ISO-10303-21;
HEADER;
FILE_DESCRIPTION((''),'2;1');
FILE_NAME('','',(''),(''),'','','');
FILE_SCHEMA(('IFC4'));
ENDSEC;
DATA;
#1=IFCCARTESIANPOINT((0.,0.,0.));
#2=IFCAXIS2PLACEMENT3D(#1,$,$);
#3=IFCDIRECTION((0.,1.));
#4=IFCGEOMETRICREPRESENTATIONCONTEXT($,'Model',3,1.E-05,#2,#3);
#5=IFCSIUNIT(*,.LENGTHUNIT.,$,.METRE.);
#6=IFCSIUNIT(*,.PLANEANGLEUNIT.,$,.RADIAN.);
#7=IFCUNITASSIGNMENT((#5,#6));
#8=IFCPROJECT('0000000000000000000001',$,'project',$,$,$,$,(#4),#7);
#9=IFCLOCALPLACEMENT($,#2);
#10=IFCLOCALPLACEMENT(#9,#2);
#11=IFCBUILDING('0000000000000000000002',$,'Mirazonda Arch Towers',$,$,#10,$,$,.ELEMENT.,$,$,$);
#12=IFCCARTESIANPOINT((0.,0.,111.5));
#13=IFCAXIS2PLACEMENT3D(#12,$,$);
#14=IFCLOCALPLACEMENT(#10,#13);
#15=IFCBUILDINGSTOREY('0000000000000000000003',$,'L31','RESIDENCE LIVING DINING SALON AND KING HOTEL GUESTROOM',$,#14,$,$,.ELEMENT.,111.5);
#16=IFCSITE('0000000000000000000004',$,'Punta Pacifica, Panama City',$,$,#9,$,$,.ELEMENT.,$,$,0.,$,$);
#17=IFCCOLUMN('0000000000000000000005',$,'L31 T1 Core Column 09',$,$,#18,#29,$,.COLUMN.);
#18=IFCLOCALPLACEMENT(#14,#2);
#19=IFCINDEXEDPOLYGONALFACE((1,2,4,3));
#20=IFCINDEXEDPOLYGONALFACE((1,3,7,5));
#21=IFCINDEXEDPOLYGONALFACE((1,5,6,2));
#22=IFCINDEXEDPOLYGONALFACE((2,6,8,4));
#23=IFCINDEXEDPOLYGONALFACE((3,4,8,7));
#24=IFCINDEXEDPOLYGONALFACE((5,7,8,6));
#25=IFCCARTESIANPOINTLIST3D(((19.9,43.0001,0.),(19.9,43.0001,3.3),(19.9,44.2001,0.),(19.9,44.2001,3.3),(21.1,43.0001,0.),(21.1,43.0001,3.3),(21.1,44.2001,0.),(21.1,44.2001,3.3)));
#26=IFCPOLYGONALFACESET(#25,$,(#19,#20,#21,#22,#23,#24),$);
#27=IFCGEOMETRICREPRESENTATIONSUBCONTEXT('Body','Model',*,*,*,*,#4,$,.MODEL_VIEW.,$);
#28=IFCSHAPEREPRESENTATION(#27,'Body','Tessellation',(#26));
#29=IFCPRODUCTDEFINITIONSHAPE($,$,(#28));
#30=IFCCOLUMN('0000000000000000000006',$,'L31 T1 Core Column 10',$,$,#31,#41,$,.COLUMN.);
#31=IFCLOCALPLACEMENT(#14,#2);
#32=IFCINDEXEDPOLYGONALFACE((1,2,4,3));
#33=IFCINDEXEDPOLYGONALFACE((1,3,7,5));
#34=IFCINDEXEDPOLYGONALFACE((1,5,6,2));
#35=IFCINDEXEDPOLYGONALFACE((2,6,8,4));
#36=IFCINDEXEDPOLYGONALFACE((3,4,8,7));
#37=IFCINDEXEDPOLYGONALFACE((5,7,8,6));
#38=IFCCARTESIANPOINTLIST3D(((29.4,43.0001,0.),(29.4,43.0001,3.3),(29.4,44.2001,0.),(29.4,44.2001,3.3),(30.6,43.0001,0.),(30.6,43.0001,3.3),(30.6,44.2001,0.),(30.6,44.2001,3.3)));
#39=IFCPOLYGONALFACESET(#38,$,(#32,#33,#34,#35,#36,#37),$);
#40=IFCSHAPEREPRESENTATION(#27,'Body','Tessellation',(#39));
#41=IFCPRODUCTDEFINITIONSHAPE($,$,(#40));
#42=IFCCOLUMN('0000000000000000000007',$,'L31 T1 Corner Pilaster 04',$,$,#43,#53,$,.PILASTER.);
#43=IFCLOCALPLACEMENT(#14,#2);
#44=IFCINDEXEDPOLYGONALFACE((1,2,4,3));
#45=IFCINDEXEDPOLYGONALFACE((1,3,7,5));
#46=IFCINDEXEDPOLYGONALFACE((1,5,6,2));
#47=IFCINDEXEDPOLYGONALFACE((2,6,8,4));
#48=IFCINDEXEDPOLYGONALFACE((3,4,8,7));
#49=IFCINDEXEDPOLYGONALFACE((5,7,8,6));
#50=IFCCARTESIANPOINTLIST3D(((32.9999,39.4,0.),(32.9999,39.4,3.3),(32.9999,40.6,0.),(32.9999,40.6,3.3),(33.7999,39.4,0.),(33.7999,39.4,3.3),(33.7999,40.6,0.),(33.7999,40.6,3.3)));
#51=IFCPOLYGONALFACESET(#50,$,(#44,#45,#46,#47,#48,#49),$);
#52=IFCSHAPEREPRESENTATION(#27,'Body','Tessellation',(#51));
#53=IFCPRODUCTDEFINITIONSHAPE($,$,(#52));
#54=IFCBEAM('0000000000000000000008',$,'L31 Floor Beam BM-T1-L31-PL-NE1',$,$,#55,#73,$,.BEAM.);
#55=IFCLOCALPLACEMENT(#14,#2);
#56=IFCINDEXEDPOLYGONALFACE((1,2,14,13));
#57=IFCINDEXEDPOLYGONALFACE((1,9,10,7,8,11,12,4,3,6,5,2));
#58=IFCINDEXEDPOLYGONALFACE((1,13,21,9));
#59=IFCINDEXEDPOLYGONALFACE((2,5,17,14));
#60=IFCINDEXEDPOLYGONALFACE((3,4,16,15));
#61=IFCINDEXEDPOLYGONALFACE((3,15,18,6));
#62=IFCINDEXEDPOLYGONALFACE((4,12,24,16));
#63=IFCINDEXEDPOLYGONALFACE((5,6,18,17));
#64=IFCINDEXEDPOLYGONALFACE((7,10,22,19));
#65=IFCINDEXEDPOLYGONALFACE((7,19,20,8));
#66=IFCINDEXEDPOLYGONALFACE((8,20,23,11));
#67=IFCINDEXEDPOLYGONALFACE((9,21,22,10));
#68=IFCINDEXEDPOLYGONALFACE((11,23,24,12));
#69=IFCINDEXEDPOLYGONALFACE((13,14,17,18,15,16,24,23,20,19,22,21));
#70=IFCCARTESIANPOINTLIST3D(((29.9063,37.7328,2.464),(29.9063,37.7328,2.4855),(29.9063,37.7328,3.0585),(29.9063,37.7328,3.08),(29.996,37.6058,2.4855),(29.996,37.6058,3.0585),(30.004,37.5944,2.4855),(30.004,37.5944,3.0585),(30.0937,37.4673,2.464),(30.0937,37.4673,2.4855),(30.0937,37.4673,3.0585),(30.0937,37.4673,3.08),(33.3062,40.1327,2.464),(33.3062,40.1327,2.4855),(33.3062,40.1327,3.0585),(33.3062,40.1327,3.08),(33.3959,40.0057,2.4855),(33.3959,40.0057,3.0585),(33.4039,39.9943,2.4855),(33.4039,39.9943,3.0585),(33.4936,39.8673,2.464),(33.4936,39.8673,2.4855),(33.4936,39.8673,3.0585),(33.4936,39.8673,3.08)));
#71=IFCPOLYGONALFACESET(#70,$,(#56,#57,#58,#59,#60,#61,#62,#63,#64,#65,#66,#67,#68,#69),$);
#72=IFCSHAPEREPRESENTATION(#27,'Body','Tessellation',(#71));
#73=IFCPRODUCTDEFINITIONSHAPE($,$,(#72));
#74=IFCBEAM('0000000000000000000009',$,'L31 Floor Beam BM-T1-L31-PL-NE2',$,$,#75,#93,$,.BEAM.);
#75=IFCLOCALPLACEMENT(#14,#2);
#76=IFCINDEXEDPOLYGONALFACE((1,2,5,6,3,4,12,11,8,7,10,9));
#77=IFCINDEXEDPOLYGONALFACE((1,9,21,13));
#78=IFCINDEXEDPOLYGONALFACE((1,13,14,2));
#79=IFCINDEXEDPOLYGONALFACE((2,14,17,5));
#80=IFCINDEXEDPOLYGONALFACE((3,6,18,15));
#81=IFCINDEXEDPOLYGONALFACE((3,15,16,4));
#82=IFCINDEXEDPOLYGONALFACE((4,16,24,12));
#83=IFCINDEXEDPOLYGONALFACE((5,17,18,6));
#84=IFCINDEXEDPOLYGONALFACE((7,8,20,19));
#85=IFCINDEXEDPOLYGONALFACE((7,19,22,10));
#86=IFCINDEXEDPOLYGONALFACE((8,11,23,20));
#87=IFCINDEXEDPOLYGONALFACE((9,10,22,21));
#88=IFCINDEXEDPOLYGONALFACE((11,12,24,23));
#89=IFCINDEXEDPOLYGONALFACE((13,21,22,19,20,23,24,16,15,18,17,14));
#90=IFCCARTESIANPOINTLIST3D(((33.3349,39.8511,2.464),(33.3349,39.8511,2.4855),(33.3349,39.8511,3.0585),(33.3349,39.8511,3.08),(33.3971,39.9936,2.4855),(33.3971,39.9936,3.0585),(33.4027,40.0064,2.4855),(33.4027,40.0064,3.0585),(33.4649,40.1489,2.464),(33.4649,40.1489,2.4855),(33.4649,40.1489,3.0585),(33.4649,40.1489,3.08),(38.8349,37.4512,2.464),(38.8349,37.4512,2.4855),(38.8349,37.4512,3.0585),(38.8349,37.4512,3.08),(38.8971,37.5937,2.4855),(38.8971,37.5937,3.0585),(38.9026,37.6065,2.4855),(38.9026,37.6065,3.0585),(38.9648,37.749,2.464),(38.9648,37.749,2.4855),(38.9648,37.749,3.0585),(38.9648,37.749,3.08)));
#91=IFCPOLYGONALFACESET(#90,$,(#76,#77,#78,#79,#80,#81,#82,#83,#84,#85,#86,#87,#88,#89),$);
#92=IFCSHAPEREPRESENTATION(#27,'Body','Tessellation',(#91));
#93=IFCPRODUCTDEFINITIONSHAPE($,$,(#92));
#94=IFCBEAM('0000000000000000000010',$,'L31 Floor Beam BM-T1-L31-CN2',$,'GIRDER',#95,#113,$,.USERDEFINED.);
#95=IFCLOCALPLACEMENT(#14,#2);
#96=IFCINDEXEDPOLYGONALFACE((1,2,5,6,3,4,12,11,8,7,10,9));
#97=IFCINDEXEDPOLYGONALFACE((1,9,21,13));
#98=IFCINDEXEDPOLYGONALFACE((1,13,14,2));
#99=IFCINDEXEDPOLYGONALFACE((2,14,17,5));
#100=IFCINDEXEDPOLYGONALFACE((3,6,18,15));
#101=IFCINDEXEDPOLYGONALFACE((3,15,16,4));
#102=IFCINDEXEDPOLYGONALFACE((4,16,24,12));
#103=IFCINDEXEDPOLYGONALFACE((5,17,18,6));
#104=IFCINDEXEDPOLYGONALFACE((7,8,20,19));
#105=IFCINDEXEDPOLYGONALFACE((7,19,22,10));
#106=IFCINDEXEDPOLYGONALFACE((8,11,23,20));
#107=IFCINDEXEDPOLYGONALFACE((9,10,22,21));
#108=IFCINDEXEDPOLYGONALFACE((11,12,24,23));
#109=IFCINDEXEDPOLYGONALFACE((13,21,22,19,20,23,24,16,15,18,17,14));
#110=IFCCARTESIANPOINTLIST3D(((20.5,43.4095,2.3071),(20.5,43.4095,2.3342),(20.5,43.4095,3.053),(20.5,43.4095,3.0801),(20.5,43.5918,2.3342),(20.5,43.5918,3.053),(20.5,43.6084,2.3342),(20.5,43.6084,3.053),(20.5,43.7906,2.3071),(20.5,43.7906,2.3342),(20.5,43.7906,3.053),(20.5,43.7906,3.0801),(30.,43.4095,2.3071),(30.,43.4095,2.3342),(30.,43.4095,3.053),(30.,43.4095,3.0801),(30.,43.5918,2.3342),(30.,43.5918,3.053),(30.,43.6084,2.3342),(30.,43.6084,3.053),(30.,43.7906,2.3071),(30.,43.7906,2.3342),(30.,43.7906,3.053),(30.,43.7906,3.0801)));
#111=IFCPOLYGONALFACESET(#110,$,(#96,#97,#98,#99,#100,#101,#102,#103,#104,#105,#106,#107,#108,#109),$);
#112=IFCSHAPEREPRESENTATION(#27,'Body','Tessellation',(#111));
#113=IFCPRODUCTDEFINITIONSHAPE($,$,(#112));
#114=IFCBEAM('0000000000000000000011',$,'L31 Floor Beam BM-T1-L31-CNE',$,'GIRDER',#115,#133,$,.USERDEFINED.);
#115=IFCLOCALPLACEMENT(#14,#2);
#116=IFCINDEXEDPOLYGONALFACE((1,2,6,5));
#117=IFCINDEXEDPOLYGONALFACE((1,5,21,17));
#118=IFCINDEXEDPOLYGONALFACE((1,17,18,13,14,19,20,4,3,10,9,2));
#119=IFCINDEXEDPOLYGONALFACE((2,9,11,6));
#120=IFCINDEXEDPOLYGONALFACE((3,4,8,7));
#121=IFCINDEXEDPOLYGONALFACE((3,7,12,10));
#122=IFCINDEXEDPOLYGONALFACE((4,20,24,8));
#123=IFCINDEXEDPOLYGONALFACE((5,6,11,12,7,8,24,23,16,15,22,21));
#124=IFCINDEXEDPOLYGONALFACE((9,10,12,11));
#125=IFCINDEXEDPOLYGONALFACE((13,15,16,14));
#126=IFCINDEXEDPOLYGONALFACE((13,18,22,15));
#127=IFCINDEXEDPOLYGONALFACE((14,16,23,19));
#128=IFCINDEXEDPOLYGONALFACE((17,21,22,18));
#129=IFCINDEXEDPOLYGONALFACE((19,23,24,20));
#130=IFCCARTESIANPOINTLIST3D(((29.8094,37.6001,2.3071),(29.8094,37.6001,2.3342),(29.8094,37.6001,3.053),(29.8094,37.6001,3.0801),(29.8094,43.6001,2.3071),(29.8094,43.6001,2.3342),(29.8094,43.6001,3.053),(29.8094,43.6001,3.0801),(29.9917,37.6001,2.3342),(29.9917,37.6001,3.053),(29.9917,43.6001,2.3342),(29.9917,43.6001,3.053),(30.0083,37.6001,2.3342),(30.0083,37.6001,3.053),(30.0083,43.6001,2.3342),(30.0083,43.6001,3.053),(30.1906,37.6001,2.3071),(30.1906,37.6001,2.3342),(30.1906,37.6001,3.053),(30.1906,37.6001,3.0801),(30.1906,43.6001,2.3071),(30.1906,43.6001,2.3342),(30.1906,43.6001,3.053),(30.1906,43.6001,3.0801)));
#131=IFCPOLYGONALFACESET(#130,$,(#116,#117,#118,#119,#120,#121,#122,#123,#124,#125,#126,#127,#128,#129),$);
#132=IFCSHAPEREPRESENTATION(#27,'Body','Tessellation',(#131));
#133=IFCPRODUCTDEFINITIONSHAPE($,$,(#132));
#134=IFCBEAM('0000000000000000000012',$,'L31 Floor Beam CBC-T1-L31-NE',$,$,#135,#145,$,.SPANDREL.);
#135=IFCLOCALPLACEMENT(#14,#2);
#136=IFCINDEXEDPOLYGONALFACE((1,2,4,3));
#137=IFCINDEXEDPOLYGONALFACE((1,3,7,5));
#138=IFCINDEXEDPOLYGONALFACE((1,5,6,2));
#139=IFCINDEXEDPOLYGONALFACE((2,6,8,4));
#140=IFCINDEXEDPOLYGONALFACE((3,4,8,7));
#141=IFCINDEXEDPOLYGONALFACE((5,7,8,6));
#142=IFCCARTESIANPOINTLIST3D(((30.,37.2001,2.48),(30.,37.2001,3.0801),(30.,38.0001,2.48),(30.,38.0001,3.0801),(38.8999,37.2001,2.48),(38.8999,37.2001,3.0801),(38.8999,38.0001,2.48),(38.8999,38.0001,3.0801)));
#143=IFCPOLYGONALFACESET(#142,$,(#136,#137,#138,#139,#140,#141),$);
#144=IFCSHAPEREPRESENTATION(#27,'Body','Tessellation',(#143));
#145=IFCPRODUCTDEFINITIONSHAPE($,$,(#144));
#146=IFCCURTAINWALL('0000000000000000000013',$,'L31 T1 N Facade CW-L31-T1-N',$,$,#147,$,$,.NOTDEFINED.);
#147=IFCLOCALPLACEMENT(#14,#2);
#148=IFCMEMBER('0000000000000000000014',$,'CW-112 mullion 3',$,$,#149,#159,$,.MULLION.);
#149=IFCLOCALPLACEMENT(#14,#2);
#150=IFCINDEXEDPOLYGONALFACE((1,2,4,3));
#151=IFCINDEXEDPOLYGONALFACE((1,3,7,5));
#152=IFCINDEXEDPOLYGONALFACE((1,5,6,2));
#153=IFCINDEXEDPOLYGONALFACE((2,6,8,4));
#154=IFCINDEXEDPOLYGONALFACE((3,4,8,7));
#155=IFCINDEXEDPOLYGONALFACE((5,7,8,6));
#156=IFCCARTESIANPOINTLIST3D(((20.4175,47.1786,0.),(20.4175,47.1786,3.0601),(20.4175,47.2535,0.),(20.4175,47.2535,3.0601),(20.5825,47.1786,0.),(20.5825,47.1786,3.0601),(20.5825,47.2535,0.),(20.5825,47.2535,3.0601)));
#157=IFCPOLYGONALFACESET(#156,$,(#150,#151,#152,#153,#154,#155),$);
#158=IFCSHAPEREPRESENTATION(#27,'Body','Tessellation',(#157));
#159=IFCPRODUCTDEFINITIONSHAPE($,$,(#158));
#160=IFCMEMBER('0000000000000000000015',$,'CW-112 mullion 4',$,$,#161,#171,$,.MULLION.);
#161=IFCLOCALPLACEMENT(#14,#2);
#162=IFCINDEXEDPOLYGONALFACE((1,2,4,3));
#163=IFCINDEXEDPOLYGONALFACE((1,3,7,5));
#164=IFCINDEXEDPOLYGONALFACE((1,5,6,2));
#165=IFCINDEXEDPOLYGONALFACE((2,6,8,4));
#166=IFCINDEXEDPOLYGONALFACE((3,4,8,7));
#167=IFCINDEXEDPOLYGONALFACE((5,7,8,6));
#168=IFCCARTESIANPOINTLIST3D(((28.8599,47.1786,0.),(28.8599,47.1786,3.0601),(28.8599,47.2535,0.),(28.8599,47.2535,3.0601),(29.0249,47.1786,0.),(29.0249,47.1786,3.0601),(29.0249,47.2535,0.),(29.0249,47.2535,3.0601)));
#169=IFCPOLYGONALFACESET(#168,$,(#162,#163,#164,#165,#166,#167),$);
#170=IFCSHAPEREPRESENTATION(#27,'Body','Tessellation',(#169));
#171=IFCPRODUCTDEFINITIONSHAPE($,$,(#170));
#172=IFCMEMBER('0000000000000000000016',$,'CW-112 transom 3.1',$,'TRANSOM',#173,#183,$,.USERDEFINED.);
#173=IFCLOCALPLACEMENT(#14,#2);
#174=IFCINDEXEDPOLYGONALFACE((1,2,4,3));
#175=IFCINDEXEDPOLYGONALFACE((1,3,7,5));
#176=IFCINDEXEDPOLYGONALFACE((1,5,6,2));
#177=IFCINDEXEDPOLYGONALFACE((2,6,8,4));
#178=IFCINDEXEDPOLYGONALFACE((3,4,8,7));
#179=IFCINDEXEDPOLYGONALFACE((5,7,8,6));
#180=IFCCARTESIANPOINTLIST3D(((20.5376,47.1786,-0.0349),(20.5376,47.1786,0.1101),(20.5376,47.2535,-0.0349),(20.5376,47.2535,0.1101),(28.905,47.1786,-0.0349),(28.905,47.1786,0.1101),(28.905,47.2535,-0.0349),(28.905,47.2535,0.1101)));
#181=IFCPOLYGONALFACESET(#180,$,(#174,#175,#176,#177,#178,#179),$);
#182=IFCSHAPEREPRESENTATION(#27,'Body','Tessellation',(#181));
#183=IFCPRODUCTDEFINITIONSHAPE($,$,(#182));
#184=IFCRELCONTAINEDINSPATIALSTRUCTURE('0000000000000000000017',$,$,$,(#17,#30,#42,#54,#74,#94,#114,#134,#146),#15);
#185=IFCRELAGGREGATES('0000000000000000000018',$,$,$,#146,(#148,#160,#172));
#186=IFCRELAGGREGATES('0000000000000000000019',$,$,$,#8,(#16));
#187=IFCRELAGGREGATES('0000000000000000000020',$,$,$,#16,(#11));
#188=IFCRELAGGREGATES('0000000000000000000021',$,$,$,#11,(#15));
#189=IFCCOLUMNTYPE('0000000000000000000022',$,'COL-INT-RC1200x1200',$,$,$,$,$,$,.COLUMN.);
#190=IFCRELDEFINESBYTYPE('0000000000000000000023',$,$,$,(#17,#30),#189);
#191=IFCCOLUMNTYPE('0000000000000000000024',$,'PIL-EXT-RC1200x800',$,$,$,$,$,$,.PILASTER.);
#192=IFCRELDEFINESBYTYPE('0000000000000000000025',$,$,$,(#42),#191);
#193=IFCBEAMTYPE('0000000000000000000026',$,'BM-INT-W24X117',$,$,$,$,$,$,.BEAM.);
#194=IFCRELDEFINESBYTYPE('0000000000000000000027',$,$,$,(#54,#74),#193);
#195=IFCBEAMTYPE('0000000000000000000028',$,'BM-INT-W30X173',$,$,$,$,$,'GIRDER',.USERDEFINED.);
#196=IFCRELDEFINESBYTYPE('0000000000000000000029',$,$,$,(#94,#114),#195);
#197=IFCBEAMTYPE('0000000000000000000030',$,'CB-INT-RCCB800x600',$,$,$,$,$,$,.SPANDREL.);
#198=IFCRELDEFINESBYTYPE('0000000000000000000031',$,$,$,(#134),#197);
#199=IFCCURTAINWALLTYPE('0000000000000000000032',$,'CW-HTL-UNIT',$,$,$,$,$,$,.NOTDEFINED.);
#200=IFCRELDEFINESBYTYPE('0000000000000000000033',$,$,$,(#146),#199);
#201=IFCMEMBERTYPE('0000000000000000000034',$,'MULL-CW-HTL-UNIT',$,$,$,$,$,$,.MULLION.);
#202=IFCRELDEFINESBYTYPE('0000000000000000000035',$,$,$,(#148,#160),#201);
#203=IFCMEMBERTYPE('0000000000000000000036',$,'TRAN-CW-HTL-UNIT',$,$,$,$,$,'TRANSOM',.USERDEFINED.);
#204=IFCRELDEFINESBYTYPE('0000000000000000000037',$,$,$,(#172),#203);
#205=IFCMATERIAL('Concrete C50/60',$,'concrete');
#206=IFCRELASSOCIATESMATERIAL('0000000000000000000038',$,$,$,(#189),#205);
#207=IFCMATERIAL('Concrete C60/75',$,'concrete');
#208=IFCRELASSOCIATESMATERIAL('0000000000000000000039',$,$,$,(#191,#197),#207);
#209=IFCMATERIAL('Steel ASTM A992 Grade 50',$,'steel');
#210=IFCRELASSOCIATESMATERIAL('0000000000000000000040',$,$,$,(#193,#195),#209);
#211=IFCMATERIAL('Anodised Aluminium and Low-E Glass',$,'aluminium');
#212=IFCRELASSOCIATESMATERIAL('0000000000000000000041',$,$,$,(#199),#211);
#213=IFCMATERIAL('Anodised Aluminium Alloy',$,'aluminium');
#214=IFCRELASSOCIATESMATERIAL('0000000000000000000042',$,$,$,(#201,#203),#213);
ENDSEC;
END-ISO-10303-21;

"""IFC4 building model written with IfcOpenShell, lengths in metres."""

from ifc_helpers import new_model, si_unit, direction, frame, origin, origin_2d, place, context, subcontext, project, spatial, rectangle, i_section, extrude, material, material_profile, profile_set, type_object, element, aggregate, save


model = new_model("IFC4")

# Units and contexts
model_context = context("Model", 3, precision=1e-05, world=origin(), true_north=direction((0.0, 1.0)))
body_context = subcontext(model_context, "Body", "Model", "MODEL_VIEW")
ifc_project = project(units=[si_unit("LENGTHUNIT", "METRE"), si_unit("PLANEANGLEUNIT", "RADIAN")], contexts=[model_context])

# Site, building, storey
site_placement = place(None, origin())
site = spatial("IfcSite", under=ifc_project, at=site_placement, Name="Punta Pacifica, Panama City", CompositionType="ELEMENT", RefElevation=0.0)
building_placement = place(site_placement, origin())
building = spatial("IfcBuilding", under=site, at=building_placement, Name="Mirazonda Arch Towers", CompositionType="ELEMENT")
storey_placement = place(building_placement, frame((0.0, 0.0, 111.5)))
storey = spatial("IfcBuildingStorey", under=building, at=storey_placement, Name="L31", Description="RESIDENCE LIVING DINING SALON AND KING HOTEL GUESTROOM", CompositionType="ELEMENT", Elevation=111.5)

# Columns
ifc_material_1 = material(Name="Concrete C50/60", Category="concrete")
ifc_material_profile_1 = material_profile(ifc_material_1, rectangle(XDim=1.2, YDim=1.2, at=origin_2d()), Name="RC1200x1200")
ifc_profile_set_1 = profile_set([ifc_material_profile_1], Name="Concrete C50/60")
column_type_1 = type_object("IfcColumnType", Name="COL-INT-RC1200x1200", PredefinedType="COLUMN", material=ifc_profile_set_1)
for number, where, z_axis, x_axis, name in (
    (1, (20.5, 43.6001, 0.0), (0.0, 0.0, 1.0), (1.0, 0.0, 0.0), "L31 T1 Core Column 09"),
    (2, (30.0, 43.6001, 0.0), (0.0, 0.0, 1.0), (1.0, 0.0, 0.0), "L31 T1 Core Column 10"),
):
    element("IfcColumn", number, at=place(storey_placement, frame(where, z_axis=z_axis, x_axis=x_axis)), inside=storey, type_object=column_type_1, Name=name, PredefinedType="COLUMN", context=body_context, shape_type="SweptSolid", body=[
        extrude(rectangle(XDim=1.2, YDim=1.2, at=origin_2d()), origin(), (0.0, 0.0, 1.0), 3.3),
    ])
ifc_material_2 = material(Name="Concrete C60/75", Category="concrete")
ifc_material_profile_2 = material_profile(ifc_material_2, rectangle(XDim=0.8, YDim=1.2, at=origin_2d()), Name="RC1200x800")
ifc_profile_set_2 = profile_set([ifc_material_profile_2], Name="Concrete C60/75")
column_type_2 = type_object("IfcColumnType", Name="PIL-EXT-RC1200x800", PredefinedType="PILASTER", material=ifc_profile_set_2)
column_placement = place(storey_placement, frame((33.3999, 40.0, 0.0), z_axis=(0.0, 0.0, 1.0), x_axis=(1.0, 0.0, 0.0)))
element("IfcColumn", 3, at=column_placement, inside=storey, type_object=column_type_2, Name="L31 T1 Corner Pilaster 04", PredefinedType="PILASTER", context=body_context, shape_type="SweptSolid", body=[
    extrude(rectangle(XDim=0.8, YDim=1.2, at=origin_2d()), origin(), (0.0, 0.0, 1.0), 3.3),
])

# Beams
ifc_material_3 = material(Name="Steel ASTM A992 Grade 50", Category="steel")
ifc_material_profile_3 = material_profile(ifc_material_3, i_section(OverallWidth=0.325, OverallDepth=0.616, WebThickness=0.0139, FlangeThickness=0.0215, at=origin_2d()), Name="W24X117")
ifc_profile_set_3 = profile_set([ifc_material_profile_3], Name="Steel ASTM A992 Grade 50")
beam_type_1 = type_object("IfcBeamType", Name="BM-INT-W24X117", PredefinedType="BEAM", material=ifc_profile_set_3)
beam_1_placement = place(storey_placement, frame((33.3999, 40.0, 2.772), z_axis=(-0.816971, -0.576679, 0.0), x_axis=(0.576679, -0.816971, 0.0)))
element("IfcBeam", 4, at=beam_1_placement, inside=storey, type_object=beam_type_1, Name="L31 Floor Beam BM-T1-L31-PL-NE1", PredefinedType="BEAM", context=body_context, shape_type="SweptSolid", body=[
    extrude(i_section(OverallWidth=0.325, OverallDepth=0.616, WebThickness=0.0139, FlangeThickness=0.0215, at=origin_2d()), origin(), (0.0, 0.0, 1.0), 4.1616),
])
beam_2_placement = place(storey_placement, frame((33.3999, 40.0, 2.772), z_axis=(0.916545, -0.399931, 0.0), x_axis=(0.399931, 0.916545, 0.0)))
element("IfcBeam", 5, at=beam_2_placement, inside=storey, type_object=beam_type_1, Name="L31 Floor Beam BM-T1-L31-PL-NE2", PredefinedType="BEAM", context=body_context, shape_type="SweptSolid", body=[
    extrude(i_section(OverallWidth=0.325, OverallDepth=0.616, WebThickness=0.0139, FlangeThickness=0.0215, at=origin_2d()), origin(), (0.0, 0.0, 1.0), 6.0007),
])
ifc_material_profile_4 = material_profile(ifc_material_3, i_section(OverallWidth=0.3811, OverallDepth=0.7729, WebThickness=0.0166, FlangeThickness=0.0271, at=origin_2d()), Name="W30X173")
ifc_profile_set_4 = profile_set([ifc_material_profile_4], Name="Steel ASTM A992 Grade 50")
beam_type_2 = type_object("IfcBeamType", Name="BM-INT-W30X173", ElementType="GIRDER", PredefinedType="USERDEFINED", material=ifc_profile_set_4)
beam_3_placement = place(storey_placement, frame((20.5, 43.6001, 2.6936), z_axis=(1.0, 0.0, 0.0), x_axis=(0.0, 1.0, 0.0)))
element("IfcBeam", 6, at=beam_3_placement, inside=storey, type_object=beam_type_2, Name="L31 Floor Beam BM-T1-L31-CN2", ObjectType="GIRDER", PredefinedType="USERDEFINED", context=body_context, shape_type="SweptSolid", body=[
    extrude(i_section(OverallWidth=0.3811, OverallDepth=0.7729, WebThickness=0.0166, FlangeThickness=0.0271, at=origin_2d()), origin(), (0.0, 0.0, 1.0), 9.5),
])
beam_4_placement = place(storey_placement, frame((30.0, 37.6001, 2.6936), z_axis=(0.0, 1.0, 0.0), x_axis=(-1.0, 0.0, 0.0)))
element("IfcBeam", 7, at=beam_4_placement, inside=storey, type_object=beam_type_2, Name="L31 Floor Beam BM-T1-L31-CNE", ObjectType="GIRDER", PredefinedType="USERDEFINED", context=body_context, shape_type="SweptSolid", body=[
    extrude(i_section(OverallWidth=0.3811, OverallDepth=0.7729, WebThickness=0.0166, FlangeThickness=0.0271, at=origin_2d()), origin(), (0.0, 0.0, 1.0), 6.0),
])
ifc_material_profile_5 = material_profile(ifc_material_2, rectangle(XDim=0.8, YDim=0.6001, at=origin_2d()), Name="RCCB800x600")
ifc_profile_set_5 = profile_set([ifc_material_profile_5], Name="Concrete C60/75")
beam_type_3 = type_object("IfcBeamType", Name="CB-INT-RCCB800x600", PredefinedType="SPANDREL", material=ifc_profile_set_5)
beam_5_placement = place(storey_placement, frame((30.0, 37.6001, 2.78), z_axis=(1.0, 0.0, 0.0), x_axis=(0.0, 1.0, 0.0)))
element("IfcBeam", 8, at=beam_5_placement, inside=storey, type_object=beam_type_3, Name="L31 Floor Beam CBC-T1-L31-NE", PredefinedType="SPANDREL", context=body_context, shape_type="SweptSolid", body=[
    extrude(rectangle(XDim=0.8, YDim=0.6001, at=origin_2d()), origin(), (0.0, 0.0, 1.0), 8.8999),
])

# Curtain wall, members
ifc_material_4 = material(Name="Anodised Aluminium and Low-E Glass", Category="aluminium")
curtain_wall_type = type_object("IfcCurtainWallType", Name="CW-HTL-UNIT", PredefinedType="NOTDEFINED", material=ifc_material_4)
curtain_wall_placement = place(storey_placement, origin())
curtain_wall = element("IfcCurtainWall", 9, at=curtain_wall_placement, inside=storey, type_object=curtain_wall_type, Name="L31 T1 N Facade CW-L31-T1-N", PredefinedType="NOTDEFINED")
ifc_material_5 = material(Name="Anodised Aluminium Alloy", Category="aluminium")
ifc_material_profile_6 = material_profile(ifc_material_5, rectangle(XDim=0.075, YDim=0.165, at=origin_2d()), Name="ALU-MULL-75x165")
ifc_profile_set_6 = profile_set([ifc_material_profile_6], Name="Anodised Aluminium Alloy")
member_type_1 = type_object("IfcMemberType", Name="MULL-CW-HTL-UNIT", PredefinedType="MULLION", material=ifc_profile_set_6)
member_1_placement = place(storey_placement, frame((20.5, 47.2161, 0.0), z_axis=(0.0, 0.0, 1.0), x_axis=(0.0, 1.0, 0.0)))
member_1 = element("IfcMember", 10, at=member_1_placement, type_object=member_type_1, Name="CW-112 mullion 3", PredefinedType="MULLION", context=body_context, shape_type="SweptSolid", body=[
    extrude(rectangle(XDim=0.075, YDim=0.165, at=origin_2d()), origin(), (0.0, 0.0, 1.0), 3.0601),
])
member_2_placement = place(storey_placement, frame((28.9424, 47.2161, 0.0), z_axis=(0.0, 0.0, 1.0), x_axis=(0.0, 1.0, 0.0)))
member_2 = element("IfcMember", 11, at=member_2_placement, type_object=member_type_1, Name="CW-112 mullion 4", PredefinedType="MULLION", context=body_context, shape_type="SweptSolid", body=[
    extrude(rectangle(XDim=0.075, YDim=0.165, at=origin_2d()), origin(), (0.0, 0.0, 1.0), 3.0601),
])
ifc_material_profile_7 = material_profile(ifc_material_5, rectangle(XDim=0.075, YDim=0.145, at=origin_2d()), Name="ALU-TRAN-75x145")
ifc_profile_set_7 = profile_set([ifc_material_profile_7], Name="Anodised Aluminium Alloy")
member_type_2 = type_object("IfcMemberType", Name="TRAN-CW-HTL-UNIT", ElementType="TRANSOM", PredefinedType="USERDEFINED", material=ifc_profile_set_7)
member_3_placement = place(storey_placement, frame((20.5376, 47.2161, 0.0376), z_axis=(1.0, 0.0, 0.0), x_axis=(0.0, 1.0, 0.0)))
member_3 = element("IfcMember", 12, at=member_3_placement, type_object=member_type_2, Name="CW-112 transom 3.1", ObjectType="TRANSOM", PredefinedType="USERDEFINED", context=body_context, shape_type="SweptSolid", body=[
    extrude(rectangle(XDim=0.075, YDim=0.145, at=origin_2d()), origin(), (0.0, 0.0, 1.0), 8.3674),
])
aggregate(curtain_wall, [member_1, member_2, member_3])

save(model, "model.ifc")
